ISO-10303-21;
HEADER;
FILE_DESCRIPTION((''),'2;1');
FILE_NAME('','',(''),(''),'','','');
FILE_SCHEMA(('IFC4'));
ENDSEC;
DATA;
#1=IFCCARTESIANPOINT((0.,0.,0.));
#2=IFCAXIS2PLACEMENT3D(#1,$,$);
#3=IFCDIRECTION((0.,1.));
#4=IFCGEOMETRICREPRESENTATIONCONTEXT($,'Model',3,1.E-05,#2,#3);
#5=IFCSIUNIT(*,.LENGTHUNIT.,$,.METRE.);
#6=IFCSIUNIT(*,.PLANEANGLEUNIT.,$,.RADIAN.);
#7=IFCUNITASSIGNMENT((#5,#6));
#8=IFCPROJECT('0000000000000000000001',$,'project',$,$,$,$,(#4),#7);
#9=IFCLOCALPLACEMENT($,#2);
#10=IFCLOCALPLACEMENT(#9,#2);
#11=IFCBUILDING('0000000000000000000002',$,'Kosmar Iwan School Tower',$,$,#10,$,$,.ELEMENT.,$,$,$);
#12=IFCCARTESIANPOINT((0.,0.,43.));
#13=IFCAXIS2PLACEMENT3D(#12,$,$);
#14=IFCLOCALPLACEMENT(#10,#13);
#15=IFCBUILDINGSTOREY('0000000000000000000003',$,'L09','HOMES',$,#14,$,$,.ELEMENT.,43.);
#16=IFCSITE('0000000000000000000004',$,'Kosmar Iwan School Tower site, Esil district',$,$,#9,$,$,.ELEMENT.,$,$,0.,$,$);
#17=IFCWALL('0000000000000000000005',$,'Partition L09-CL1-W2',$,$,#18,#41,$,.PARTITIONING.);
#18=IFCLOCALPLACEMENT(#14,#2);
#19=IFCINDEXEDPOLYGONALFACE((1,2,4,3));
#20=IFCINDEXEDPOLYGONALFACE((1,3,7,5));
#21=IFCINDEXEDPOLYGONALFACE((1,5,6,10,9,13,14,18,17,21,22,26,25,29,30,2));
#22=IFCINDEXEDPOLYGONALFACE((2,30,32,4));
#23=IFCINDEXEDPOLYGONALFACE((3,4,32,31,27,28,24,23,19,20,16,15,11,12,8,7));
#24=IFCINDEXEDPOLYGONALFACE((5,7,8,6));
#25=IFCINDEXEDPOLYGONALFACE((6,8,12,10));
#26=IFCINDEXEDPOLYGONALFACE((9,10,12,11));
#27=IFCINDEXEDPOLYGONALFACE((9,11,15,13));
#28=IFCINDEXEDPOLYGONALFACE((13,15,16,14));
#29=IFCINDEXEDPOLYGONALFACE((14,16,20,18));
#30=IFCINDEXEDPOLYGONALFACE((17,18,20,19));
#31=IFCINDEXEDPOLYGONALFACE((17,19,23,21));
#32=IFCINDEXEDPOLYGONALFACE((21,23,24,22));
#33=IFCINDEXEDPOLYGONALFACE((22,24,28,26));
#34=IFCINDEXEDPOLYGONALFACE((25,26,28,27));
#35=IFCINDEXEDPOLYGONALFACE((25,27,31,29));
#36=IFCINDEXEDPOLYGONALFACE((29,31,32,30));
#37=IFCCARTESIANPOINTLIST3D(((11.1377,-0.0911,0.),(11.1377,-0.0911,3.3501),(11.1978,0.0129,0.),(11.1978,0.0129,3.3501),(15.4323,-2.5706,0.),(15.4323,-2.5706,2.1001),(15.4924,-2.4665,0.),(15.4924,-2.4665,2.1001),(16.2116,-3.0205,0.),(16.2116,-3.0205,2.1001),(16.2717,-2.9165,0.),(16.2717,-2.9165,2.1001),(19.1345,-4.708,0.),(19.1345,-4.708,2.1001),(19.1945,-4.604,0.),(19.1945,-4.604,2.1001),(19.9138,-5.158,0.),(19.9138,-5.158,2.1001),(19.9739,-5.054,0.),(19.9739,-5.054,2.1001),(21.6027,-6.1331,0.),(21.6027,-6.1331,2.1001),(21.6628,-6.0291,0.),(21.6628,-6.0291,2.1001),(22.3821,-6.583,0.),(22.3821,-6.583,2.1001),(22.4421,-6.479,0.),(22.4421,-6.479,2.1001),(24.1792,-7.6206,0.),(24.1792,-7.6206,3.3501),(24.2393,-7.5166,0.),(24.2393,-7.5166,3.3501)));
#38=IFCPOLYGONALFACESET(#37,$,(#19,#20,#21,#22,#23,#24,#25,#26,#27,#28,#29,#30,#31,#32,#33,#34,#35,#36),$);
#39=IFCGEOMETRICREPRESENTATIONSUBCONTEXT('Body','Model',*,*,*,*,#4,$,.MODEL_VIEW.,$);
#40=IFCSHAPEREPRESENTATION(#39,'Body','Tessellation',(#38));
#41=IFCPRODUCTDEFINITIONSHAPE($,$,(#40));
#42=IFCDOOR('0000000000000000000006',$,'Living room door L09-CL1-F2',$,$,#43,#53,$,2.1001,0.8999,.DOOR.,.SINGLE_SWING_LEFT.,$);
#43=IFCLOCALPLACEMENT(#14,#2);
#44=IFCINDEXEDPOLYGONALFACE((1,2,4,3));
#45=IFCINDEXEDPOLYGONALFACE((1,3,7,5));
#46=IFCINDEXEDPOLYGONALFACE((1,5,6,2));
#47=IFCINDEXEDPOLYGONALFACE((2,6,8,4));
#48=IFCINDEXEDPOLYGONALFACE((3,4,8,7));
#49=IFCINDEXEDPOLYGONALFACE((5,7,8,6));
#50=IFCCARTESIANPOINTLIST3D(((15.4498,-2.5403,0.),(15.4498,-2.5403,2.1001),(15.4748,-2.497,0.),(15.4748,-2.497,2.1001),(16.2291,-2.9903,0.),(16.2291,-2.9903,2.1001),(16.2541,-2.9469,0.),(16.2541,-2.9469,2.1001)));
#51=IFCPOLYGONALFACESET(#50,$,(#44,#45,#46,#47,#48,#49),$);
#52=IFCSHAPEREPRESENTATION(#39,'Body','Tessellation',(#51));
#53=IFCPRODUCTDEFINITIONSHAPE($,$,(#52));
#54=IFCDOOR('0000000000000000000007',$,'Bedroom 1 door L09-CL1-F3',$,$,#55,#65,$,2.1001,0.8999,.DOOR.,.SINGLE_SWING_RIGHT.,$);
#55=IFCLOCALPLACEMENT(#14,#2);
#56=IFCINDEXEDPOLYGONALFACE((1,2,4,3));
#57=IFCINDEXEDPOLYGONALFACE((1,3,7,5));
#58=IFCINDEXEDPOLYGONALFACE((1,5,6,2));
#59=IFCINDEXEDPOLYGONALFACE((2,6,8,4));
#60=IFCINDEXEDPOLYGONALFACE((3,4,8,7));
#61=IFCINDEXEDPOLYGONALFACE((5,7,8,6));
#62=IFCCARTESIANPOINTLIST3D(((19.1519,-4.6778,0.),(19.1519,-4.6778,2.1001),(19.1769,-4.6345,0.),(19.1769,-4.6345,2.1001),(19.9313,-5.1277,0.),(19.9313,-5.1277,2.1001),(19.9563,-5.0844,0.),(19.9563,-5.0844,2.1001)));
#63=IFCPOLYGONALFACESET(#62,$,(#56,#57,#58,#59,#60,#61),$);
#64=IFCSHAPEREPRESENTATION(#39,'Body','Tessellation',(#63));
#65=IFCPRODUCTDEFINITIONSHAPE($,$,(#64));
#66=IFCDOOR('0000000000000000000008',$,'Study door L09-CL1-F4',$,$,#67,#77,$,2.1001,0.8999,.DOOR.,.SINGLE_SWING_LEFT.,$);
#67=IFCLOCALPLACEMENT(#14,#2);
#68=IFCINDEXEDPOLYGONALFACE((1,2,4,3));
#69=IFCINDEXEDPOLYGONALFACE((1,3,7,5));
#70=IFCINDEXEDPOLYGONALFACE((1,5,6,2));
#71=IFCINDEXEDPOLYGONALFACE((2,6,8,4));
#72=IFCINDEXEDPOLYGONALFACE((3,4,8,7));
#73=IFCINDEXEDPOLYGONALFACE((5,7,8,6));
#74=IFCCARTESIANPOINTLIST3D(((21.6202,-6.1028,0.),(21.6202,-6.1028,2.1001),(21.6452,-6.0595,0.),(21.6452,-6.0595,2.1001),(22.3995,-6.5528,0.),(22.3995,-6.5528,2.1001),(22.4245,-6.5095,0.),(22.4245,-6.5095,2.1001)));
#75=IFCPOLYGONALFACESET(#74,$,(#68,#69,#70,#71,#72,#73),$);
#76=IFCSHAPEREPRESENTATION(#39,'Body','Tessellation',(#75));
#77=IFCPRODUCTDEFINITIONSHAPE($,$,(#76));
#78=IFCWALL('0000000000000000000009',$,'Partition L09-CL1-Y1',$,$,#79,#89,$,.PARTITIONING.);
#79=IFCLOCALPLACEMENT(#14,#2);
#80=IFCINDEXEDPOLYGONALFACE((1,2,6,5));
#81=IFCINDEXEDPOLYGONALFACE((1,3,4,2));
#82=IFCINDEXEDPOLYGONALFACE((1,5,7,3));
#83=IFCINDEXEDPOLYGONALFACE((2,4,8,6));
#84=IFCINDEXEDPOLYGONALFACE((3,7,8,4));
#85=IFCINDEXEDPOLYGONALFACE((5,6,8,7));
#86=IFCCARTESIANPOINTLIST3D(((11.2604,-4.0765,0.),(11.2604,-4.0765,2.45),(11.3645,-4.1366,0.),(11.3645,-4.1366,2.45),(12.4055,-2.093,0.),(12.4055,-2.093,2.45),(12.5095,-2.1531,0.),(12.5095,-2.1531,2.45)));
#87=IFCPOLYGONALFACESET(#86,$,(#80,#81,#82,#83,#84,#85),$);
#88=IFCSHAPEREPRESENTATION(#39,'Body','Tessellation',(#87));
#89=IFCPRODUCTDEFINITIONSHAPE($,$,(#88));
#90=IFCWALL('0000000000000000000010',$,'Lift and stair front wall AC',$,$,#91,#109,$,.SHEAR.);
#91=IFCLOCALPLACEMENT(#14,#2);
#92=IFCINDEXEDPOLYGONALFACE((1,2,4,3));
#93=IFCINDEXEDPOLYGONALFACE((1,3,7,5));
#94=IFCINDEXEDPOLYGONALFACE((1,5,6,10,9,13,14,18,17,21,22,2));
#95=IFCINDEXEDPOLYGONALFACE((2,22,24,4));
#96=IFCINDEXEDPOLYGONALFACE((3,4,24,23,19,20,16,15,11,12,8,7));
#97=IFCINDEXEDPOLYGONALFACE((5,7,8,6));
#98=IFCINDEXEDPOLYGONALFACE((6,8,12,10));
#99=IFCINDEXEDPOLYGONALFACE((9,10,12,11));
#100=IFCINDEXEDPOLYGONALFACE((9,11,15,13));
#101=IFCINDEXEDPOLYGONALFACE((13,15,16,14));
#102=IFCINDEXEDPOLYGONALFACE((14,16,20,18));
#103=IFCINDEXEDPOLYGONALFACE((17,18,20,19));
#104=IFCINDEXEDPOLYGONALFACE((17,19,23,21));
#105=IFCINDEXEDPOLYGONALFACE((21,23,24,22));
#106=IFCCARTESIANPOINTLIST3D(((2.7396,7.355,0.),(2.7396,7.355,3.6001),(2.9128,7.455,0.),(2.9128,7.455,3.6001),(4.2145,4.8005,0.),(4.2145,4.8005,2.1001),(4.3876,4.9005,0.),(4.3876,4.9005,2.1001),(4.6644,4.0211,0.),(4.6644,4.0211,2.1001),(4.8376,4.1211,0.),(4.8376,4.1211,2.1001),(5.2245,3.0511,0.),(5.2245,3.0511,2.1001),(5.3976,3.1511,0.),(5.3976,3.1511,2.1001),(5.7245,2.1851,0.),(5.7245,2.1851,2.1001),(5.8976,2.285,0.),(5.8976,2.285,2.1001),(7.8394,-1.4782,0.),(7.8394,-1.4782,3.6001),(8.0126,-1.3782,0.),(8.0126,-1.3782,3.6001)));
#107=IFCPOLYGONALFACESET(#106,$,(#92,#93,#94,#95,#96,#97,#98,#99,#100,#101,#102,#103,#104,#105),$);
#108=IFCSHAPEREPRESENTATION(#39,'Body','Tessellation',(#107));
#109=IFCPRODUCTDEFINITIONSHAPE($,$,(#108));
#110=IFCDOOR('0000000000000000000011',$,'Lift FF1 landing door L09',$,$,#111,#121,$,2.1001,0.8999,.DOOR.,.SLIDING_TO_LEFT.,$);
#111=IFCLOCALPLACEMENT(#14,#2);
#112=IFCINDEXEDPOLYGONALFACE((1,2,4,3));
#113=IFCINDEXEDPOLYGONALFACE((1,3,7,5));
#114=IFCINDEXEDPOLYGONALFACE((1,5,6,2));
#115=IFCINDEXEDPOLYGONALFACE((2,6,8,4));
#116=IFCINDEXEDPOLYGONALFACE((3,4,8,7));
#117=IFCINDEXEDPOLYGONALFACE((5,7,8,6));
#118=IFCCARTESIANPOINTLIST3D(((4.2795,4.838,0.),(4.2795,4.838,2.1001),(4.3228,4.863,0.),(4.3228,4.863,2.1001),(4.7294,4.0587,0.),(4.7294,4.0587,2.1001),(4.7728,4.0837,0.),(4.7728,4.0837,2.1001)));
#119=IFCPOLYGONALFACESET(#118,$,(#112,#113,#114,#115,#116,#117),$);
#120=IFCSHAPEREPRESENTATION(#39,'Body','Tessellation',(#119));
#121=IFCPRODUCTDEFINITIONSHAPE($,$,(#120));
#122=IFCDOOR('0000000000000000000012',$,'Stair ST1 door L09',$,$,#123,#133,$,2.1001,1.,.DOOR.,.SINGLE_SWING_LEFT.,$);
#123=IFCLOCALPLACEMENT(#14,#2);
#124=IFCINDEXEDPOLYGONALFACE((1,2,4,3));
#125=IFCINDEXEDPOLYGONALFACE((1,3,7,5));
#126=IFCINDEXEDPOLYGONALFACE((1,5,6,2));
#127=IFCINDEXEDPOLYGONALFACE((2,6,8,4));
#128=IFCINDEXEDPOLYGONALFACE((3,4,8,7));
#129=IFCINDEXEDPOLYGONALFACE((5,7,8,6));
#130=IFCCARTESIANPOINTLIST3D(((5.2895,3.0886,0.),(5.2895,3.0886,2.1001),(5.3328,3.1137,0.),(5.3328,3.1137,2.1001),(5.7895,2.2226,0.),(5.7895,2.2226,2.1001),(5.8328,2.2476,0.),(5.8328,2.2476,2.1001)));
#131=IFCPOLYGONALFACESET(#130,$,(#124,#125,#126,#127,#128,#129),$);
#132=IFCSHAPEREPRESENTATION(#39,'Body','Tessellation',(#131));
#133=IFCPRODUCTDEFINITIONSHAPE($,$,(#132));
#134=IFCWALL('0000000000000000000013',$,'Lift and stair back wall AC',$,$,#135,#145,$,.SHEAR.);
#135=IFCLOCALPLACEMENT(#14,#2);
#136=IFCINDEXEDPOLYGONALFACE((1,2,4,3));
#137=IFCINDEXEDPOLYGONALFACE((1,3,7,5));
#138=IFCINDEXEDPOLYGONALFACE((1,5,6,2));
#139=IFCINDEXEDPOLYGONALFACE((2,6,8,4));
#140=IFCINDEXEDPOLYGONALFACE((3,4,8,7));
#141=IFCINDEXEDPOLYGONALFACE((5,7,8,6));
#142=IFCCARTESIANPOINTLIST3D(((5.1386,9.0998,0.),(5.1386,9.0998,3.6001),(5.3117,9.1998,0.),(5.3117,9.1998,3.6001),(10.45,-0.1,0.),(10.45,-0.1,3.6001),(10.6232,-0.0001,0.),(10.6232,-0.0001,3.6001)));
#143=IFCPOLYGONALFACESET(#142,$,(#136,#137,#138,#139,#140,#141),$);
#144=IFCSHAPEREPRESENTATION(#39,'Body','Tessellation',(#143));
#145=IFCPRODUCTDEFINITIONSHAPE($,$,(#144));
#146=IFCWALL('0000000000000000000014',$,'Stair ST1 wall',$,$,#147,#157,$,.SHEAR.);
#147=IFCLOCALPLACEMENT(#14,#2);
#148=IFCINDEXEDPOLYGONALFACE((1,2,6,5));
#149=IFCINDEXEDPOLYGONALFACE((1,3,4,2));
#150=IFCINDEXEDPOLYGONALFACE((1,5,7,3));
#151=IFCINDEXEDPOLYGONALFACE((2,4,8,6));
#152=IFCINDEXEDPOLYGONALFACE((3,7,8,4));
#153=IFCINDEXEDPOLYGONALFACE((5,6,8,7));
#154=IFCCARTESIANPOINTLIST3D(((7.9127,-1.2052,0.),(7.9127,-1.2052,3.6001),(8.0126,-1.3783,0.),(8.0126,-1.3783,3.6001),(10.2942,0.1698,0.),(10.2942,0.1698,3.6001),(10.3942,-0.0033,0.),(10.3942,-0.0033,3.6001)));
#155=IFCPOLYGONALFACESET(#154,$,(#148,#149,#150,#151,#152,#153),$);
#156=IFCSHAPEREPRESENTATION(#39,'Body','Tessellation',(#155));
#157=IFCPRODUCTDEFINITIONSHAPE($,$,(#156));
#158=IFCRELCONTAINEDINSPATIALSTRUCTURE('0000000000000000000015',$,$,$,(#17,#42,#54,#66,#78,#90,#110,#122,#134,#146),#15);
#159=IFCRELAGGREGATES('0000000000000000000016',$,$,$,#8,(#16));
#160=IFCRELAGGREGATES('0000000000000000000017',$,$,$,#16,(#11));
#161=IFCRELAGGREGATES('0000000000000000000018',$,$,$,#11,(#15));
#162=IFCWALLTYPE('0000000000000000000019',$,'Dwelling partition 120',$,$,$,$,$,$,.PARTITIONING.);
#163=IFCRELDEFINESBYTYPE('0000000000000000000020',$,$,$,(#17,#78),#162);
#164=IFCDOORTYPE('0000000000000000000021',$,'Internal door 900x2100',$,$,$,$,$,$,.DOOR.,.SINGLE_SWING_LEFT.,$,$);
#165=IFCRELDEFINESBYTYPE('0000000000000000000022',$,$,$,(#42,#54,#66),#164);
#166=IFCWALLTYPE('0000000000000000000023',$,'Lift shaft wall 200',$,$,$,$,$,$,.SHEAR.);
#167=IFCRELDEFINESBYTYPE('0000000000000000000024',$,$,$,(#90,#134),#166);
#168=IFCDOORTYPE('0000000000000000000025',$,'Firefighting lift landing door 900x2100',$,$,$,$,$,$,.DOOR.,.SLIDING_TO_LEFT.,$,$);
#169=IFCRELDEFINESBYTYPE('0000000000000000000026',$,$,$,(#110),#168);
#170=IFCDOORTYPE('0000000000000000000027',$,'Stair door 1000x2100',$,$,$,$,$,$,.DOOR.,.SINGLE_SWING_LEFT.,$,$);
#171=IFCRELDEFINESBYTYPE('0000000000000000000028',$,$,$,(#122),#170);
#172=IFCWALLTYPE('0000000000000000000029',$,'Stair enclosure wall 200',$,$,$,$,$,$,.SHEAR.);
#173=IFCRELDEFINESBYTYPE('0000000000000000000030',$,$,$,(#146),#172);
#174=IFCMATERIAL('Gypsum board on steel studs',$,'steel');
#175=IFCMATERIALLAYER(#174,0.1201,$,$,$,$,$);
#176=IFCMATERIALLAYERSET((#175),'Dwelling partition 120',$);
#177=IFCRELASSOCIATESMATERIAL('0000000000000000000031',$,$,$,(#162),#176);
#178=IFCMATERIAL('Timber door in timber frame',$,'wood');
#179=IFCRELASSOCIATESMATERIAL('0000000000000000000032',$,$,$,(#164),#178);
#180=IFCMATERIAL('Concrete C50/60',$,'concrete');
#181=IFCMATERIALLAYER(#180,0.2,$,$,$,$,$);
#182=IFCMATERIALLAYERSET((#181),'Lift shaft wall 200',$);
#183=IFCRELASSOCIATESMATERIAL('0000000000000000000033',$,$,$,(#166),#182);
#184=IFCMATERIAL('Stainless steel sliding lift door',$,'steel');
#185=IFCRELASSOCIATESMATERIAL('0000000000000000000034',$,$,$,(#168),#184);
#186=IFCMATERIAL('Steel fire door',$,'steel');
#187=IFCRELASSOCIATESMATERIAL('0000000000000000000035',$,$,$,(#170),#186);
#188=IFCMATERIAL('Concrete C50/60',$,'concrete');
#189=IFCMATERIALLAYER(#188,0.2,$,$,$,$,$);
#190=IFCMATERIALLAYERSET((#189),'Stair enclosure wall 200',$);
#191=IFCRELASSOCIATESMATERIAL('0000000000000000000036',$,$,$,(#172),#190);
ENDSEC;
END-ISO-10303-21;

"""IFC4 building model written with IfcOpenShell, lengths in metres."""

from ifc_helpers import new_model, si_unit, direction, frame, frame_2d, origin, place, context, subcontext, project, spatial, rectangle, extrude, material, layer, layer_set, type_object, element, fill, save


model = new_model("IFC4")

# Units and contexts
model_context = context("Model", 3, precision=1e-05, world=origin(), true_north=direction((0.0, 1.0)))
body_context = subcontext(model_context, "Body", "Model", "MODEL_VIEW")
ifc_project = project(units=[si_unit("LENGTHUNIT", "METRE"), si_unit("PLANEANGLEUNIT", "RADIAN")], contexts=[model_context])

# Site, building, storey
site_placement = place(None, origin())
site = spatial("IfcSite", under=ifc_project, at=site_placement, Name="Kosmar Iwan School Tower site, Esil district", CompositionType="ELEMENT", RefElevation=0.0)
building_placement = place(site_placement, origin())
building = spatial("IfcBuilding", under=site, at=building_placement, Name="Kosmar Iwan School Tower", CompositionType="ELEMENT")
storey_placement = place(building_placement, frame((0.0, 0.0, 43.0)))
storey = spatial("IfcBuildingStorey", under=building, at=storey_placement, Name="L09", Description="HOMES", CompositionType="ELEMENT", Elevation=43.0)

# Wall, openings, doors
ifc_material_1 = material(Name="Gypsum board on steel studs", Category="steel")
ifc_layer_1 = layer(ifc_material_1, 0.1201)
ifc_layer_set_1 = layer_set([ifc_layer_1], Name="Dwelling partition 120")
wall_type_1 = type_object("IfcWallType", Name="Dwelling partition 120", PredefinedType="PARTITIONING", material=ifc_layer_set_1)
ifc_material_2 = material(Name="Timber door in timber frame", Category="wood")
door_type_1 = type_object("IfcDoorType", Name="Internal door 900x2100", OperationType="SINGLE_SWING_LEFT", PredefinedType="DOOR", material=ifc_material_2)
wall_1_placement = place(storey_placement, frame((11.1677, -0.0391, 0.0), z_axis=(0.0, 0.0, 1.0), x_axis=(0.866025, -0.500001, 0.0)))
wall_1 = element("IfcWall", 1, at=wall_1_placement, inside=storey, type_object=wall_type_1, Name="Partition L09-CL1-W2", PredefinedType="PARTITIONING", context=body_context, shape_type="SweptSolid", body=[
    extrude(rectangle(XDim=15.0591, YDim=0.1201, at=frame_2d((7.5295, 0.0))), origin(), (0.0, 0.0, 1.0), 3.3501),
])
opening_1_placement = place(wall_1_placement, frame((4.959, 0.0, 0.0)))
opening_1 = element("IfcOpeningElement", 2, at=opening_1_placement, cuts=wall_1, PredefinedType="OPENING", context=body_context, shape_type="SweptSolid", body=[
    extrude(rectangle(XDim=0.8999, YDim=2.1001, at=frame_2d((0.45, 1.05))), frame((0.0, 0.072, 0.0), z_axis=(0.0, -1.0, 0.0), x_axis=(1.0, 0.0, 0.0)), (0.0, 0.0, 1.0), 0.144),
])
opening_2_placement = place(wall_1_placement, frame((9.2339, 0.0, 0.0)))
opening_2 = element("IfcOpeningElement", 3, at=opening_2_placement, cuts=wall_1, PredefinedType="OPENING", context=body_context, shape_type="SweptSolid", body=[
    extrude(rectangle(XDim=0.8999, YDim=2.1001, at=frame_2d((0.45, 1.05))), frame((0.0, 0.072, 0.0), z_axis=(0.0, -1.0, 0.0), x_axis=(1.0, 0.0, 0.0)), (0.0, 0.0, 1.0), 0.144),
])
opening_3_placement = place(wall_1_placement, frame((12.084, 0.0, 0.0)))
opening_3 = element("IfcOpeningElement", 4, at=opening_3_placement, cuts=wall_1, PredefinedType="OPENING", context=body_context, shape_type="SweptSolid", body=[
    extrude(rectangle(XDim=0.8999, YDim=2.1001, at=frame_2d((0.45, 1.05))), frame((0.0, 0.072, 0.0), z_axis=(0.0, -1.0, 0.0), x_axis=(1.0, 0.0, 0.0)), (0.0, 0.0, 1.0), 0.144),
])
door_1_placement = place(opening_1_placement, origin())
door_1 = element("IfcDoor", 5, at=door_1_placement, inside=storey, type_object=door_type_1, Name="Living room door L09-CL1-F2", OperationType="SINGLE_SWING_LEFT", OverallHeight=2.1001, OverallWidth=0.8999, PredefinedType="DOOR", context=body_context, shape_type="SweptSolid", body=[
    extrude(rectangle(XDim=0.8999, YDim=2.1001, at=frame_2d((0.45, 1.05))), frame((0.0, 0.0249, 0.0), z_axis=(0.0, -1.0, 0.0), x_axis=(1.0, 0.0, 0.0)), (0.0, 0.0, 1.0), 0.05),
])
fill(opening_1, door_1)
door_2_placement = place(opening_2_placement, origin())
door_2 = element("IfcDoor", 6, at=door_2_placement, inside=storey, type_object=door_type_1, Name="Bedroom 1 door L09-CL1-F3", OperationType="SINGLE_SWING_RIGHT", OverallHeight=2.1001, OverallWidth=0.8999, PredefinedType="DOOR", context=body_context, shape_type="SweptSolid", body=[
    extrude(rectangle(XDim=0.8999, YDim=2.1001, at=frame_2d((0.45, 1.05))), frame((0.0, 0.0249, 0.0), z_axis=(0.0, -1.0, 0.0), x_axis=(1.0, 0.0, 0.0)), (0.0, 0.0, 1.0), 0.05),
])
fill(opening_2, door_2)
door_3_placement = place(opening_3_placement, origin())
door_3 = element("IfcDoor", 7, at=door_3_placement, inside=storey, type_object=door_type_1, Name="Study door L09-CL1-F4", OperationType="SINGLE_SWING_LEFT", OverallHeight=2.1001, OverallWidth=0.8999, PredefinedType="DOOR", context=body_context, shape_type="SweptSolid", body=[
    extrude(rectangle(XDim=0.8999, YDim=2.1001, at=frame_2d((0.45, 1.05))), frame((0.0, 0.0249, 0.0), z_axis=(0.0, -1.0, 0.0), x_axis=(1.0, 0.0, 0.0)), (0.0, 0.0, 1.0), 0.05),
])
fill(opening_3, door_3)

# Wall
wall_2_placement = place(storey_placement, frame((11.3125, -4.1064, 0.0), z_axis=(0.0, 0.0, 1.0), x_axis=(0.499969, 0.866044, 0.0)))
element("IfcWall", 8, at=wall_2_placement, inside=storey, type_object=wall_type_1, Name="Partition L09-CL1-Y1", PredefinedType="PARTITIONING", context=body_context, shape_type="SweptSolid", body=[
    extrude(rectangle(XDim=2.2903, YDim=0.1201, at=frame_2d((1.145, 0.0))), origin(), (0.0, 0.0, 1.0), 2.45),
])

# Wall, openings, doors
ifc_material_3 = material(Name="Concrete C50/60", Category="concrete")
ifc_layer_2 = layer(ifc_material_3, 0.2)
ifc_layer_set_2 = layer_set([ifc_layer_2], Name="Lift shaft wall 200")
wall_type_2 = type_object("IfcWallType", Name="Lift shaft wall 200", PredefinedType="SHEAR", material=ifc_layer_set_2)
wall_3_placement = place(storey_placement, frame((7.926, -1.4282, 0.0), z_axis=(0.0, 0.0, 1.0), x_axis=(-0.499998, 0.866027, 0.0)))
wall_3 = element("IfcWall", 9, at=wall_3_placement, inside=storey, type_object=wall_type_2, Name="Lift and stair front wall AC", PredefinedType="SHEAR", context=body_context, shape_type="SweptSolid", body=[
    extrude(rectangle(XDim=10.1997, YDim=0.2, at=frame_2d((5.0999, 0.0))), origin(), (0.0, 0.0, 1.0), 3.6001),
])
opening_4_placement = place(wall_3_placement, frame((6.3501, 0.0, 0.0)))
opening_4 = element("IfcOpeningElement", 10, at=opening_4_placement, cuts=wall_3, PredefinedType="OPENING", context=body_context, shape_type="SweptSolid", body=[
    extrude(rectangle(XDim=0.8999, YDim=2.1001, at=frame_2d((0.45, 1.05))), frame((0.0, 0.1121, 0.0), z_axis=(0.0, -1.0, 0.0), x_axis=(1.0, 0.0, 0.0)), (0.0, 0.0, 1.0), 0.2239),
])
opening_5_placement = place(wall_3_placement, frame((4.23, 0.0, 0.0)))
opening_5 = element("IfcOpeningElement", 11, at=opening_5_placement, cuts=wall_3, PredefinedType="OPENING", context=body_context, shape_type="SweptSolid", body=[
    extrude(rectangle(XDim=1.0, YDim=2.1001, at=frame_2d((0.5, 1.05))), frame((0.0, 0.1121, 0.0), z_axis=(0.0, -1.0, 0.0), x_axis=(1.0, 0.0, 0.0)), (0.0, 0.0, 1.0), 0.2239),
])
ifc_material_4 = material(Name="Stainless steel sliding lift door", Category="steel")
door_type_2 = type_object("IfcDoorType", Name="Firefighting lift landing door 900x2100", OperationType="SLIDING_TO_LEFT", PredefinedType="DOOR", material=ifc_material_4)
door_4_placement = place(opening_4_placement, origin())
door_4 = element("IfcDoor", 12, at=door_4_placement, inside=storey, type_object=door_type_2, Name="Lift FF1 landing door L09", OperationType="SLIDING_TO_LEFT", OverallHeight=2.1001, OverallWidth=0.8999, PredefinedType="DOOR", context=body_context, shape_type="SweptSolid", body=[
    extrude(rectangle(XDim=0.8999, YDim=2.1001, at=frame_2d((0.45, 1.05))), frame((0.0, 0.0249, 0.0), z_axis=(0.0, -1.0, 0.0), x_axis=(1.0, 0.0, 0.0)), (0.0, 0.0, 1.0), 0.05),
])
fill(opening_4, door_4)
ifc_material_5 = material(Name="Steel fire door", Category="steel")
door_type_3 = type_object("IfcDoorType", Name="Stair door 1000x2100", OperationType="SINGLE_SWING_LEFT", PredefinedType="DOOR", material=ifc_material_5)
door_5_placement = place(opening_5_placement, origin())
door_5 = element("IfcDoor", 13, at=door_5_placement, inside=storey, type_object=door_type_3, Name="Stair ST1 door L09", OperationType="SINGLE_SWING_LEFT", OverallHeight=2.1001, OverallWidth=1.0, PredefinedType="DOOR", context=body_context, shape_type="SweptSolid", body=[
    extrude(rectangle(XDim=1.0, YDim=2.1001, at=frame_2d((0.5, 1.05))), frame((0.0, 0.0249, 0.0), z_axis=(0.0, -1.0, 0.0), x_axis=(1.0, 0.0, 0.0)), (0.0, 0.0, 1.0), 0.05),
])
fill(opening_5, door_5)

# Walls
wall_4_placement = place(storey_placement, frame((10.5366, -0.05, 0.0), z_axis=(0.0, 0.0, 1.0), x_axis=(-0.499995, 0.866028, 0.0)))
element("IfcWall", 14, at=wall_4_placement, inside=storey, type_object=wall_type_2, Name="Lift and stair back wall AC", PredefinedType="SHEAR", context=body_context, shape_type="SweptSolid", body=[
    extrude(rectangle(XDim=10.623, YDim=0.2, at=frame_2d((5.3115, 0.0))), origin(), (0.0, 0.0, 1.0), 3.6001),
])
ifc_material_6 = material(Name="Concrete C50/60", Category="concrete")
ifc_layer_3 = layer(ifc_material_6, 0.2)
ifc_layer_set_3 = layer_set([ifc_layer_3], Name="Stair enclosure wall 200")
wall_type_3 = type_object("IfcWallType", Name="Stair enclosure wall 200", PredefinedType="SHEAR", material=ifc_layer_set_3)
wall_5_placement = place(storey_placement, frame((7.9626, -1.2917, 0.0), z_axis=(0.0, 0.0, 1.0), x_axis=(0.866027, 0.499997, 0.0)))
element("IfcWall", 15, at=wall_5_placement, inside=storey, type_object=wall_type_3, Name="Stair ST1 wall", PredefinedType="SHEAR", context=body_context, shape_type="SweptSolid", body=[
    extrude(rectangle(XDim=2.75, YDim=0.2, at=frame_2d((1.375, 0.0))), origin(), (0.0, 0.0, 1.0), 3.6001),
])

save(model, "model.ifc")
